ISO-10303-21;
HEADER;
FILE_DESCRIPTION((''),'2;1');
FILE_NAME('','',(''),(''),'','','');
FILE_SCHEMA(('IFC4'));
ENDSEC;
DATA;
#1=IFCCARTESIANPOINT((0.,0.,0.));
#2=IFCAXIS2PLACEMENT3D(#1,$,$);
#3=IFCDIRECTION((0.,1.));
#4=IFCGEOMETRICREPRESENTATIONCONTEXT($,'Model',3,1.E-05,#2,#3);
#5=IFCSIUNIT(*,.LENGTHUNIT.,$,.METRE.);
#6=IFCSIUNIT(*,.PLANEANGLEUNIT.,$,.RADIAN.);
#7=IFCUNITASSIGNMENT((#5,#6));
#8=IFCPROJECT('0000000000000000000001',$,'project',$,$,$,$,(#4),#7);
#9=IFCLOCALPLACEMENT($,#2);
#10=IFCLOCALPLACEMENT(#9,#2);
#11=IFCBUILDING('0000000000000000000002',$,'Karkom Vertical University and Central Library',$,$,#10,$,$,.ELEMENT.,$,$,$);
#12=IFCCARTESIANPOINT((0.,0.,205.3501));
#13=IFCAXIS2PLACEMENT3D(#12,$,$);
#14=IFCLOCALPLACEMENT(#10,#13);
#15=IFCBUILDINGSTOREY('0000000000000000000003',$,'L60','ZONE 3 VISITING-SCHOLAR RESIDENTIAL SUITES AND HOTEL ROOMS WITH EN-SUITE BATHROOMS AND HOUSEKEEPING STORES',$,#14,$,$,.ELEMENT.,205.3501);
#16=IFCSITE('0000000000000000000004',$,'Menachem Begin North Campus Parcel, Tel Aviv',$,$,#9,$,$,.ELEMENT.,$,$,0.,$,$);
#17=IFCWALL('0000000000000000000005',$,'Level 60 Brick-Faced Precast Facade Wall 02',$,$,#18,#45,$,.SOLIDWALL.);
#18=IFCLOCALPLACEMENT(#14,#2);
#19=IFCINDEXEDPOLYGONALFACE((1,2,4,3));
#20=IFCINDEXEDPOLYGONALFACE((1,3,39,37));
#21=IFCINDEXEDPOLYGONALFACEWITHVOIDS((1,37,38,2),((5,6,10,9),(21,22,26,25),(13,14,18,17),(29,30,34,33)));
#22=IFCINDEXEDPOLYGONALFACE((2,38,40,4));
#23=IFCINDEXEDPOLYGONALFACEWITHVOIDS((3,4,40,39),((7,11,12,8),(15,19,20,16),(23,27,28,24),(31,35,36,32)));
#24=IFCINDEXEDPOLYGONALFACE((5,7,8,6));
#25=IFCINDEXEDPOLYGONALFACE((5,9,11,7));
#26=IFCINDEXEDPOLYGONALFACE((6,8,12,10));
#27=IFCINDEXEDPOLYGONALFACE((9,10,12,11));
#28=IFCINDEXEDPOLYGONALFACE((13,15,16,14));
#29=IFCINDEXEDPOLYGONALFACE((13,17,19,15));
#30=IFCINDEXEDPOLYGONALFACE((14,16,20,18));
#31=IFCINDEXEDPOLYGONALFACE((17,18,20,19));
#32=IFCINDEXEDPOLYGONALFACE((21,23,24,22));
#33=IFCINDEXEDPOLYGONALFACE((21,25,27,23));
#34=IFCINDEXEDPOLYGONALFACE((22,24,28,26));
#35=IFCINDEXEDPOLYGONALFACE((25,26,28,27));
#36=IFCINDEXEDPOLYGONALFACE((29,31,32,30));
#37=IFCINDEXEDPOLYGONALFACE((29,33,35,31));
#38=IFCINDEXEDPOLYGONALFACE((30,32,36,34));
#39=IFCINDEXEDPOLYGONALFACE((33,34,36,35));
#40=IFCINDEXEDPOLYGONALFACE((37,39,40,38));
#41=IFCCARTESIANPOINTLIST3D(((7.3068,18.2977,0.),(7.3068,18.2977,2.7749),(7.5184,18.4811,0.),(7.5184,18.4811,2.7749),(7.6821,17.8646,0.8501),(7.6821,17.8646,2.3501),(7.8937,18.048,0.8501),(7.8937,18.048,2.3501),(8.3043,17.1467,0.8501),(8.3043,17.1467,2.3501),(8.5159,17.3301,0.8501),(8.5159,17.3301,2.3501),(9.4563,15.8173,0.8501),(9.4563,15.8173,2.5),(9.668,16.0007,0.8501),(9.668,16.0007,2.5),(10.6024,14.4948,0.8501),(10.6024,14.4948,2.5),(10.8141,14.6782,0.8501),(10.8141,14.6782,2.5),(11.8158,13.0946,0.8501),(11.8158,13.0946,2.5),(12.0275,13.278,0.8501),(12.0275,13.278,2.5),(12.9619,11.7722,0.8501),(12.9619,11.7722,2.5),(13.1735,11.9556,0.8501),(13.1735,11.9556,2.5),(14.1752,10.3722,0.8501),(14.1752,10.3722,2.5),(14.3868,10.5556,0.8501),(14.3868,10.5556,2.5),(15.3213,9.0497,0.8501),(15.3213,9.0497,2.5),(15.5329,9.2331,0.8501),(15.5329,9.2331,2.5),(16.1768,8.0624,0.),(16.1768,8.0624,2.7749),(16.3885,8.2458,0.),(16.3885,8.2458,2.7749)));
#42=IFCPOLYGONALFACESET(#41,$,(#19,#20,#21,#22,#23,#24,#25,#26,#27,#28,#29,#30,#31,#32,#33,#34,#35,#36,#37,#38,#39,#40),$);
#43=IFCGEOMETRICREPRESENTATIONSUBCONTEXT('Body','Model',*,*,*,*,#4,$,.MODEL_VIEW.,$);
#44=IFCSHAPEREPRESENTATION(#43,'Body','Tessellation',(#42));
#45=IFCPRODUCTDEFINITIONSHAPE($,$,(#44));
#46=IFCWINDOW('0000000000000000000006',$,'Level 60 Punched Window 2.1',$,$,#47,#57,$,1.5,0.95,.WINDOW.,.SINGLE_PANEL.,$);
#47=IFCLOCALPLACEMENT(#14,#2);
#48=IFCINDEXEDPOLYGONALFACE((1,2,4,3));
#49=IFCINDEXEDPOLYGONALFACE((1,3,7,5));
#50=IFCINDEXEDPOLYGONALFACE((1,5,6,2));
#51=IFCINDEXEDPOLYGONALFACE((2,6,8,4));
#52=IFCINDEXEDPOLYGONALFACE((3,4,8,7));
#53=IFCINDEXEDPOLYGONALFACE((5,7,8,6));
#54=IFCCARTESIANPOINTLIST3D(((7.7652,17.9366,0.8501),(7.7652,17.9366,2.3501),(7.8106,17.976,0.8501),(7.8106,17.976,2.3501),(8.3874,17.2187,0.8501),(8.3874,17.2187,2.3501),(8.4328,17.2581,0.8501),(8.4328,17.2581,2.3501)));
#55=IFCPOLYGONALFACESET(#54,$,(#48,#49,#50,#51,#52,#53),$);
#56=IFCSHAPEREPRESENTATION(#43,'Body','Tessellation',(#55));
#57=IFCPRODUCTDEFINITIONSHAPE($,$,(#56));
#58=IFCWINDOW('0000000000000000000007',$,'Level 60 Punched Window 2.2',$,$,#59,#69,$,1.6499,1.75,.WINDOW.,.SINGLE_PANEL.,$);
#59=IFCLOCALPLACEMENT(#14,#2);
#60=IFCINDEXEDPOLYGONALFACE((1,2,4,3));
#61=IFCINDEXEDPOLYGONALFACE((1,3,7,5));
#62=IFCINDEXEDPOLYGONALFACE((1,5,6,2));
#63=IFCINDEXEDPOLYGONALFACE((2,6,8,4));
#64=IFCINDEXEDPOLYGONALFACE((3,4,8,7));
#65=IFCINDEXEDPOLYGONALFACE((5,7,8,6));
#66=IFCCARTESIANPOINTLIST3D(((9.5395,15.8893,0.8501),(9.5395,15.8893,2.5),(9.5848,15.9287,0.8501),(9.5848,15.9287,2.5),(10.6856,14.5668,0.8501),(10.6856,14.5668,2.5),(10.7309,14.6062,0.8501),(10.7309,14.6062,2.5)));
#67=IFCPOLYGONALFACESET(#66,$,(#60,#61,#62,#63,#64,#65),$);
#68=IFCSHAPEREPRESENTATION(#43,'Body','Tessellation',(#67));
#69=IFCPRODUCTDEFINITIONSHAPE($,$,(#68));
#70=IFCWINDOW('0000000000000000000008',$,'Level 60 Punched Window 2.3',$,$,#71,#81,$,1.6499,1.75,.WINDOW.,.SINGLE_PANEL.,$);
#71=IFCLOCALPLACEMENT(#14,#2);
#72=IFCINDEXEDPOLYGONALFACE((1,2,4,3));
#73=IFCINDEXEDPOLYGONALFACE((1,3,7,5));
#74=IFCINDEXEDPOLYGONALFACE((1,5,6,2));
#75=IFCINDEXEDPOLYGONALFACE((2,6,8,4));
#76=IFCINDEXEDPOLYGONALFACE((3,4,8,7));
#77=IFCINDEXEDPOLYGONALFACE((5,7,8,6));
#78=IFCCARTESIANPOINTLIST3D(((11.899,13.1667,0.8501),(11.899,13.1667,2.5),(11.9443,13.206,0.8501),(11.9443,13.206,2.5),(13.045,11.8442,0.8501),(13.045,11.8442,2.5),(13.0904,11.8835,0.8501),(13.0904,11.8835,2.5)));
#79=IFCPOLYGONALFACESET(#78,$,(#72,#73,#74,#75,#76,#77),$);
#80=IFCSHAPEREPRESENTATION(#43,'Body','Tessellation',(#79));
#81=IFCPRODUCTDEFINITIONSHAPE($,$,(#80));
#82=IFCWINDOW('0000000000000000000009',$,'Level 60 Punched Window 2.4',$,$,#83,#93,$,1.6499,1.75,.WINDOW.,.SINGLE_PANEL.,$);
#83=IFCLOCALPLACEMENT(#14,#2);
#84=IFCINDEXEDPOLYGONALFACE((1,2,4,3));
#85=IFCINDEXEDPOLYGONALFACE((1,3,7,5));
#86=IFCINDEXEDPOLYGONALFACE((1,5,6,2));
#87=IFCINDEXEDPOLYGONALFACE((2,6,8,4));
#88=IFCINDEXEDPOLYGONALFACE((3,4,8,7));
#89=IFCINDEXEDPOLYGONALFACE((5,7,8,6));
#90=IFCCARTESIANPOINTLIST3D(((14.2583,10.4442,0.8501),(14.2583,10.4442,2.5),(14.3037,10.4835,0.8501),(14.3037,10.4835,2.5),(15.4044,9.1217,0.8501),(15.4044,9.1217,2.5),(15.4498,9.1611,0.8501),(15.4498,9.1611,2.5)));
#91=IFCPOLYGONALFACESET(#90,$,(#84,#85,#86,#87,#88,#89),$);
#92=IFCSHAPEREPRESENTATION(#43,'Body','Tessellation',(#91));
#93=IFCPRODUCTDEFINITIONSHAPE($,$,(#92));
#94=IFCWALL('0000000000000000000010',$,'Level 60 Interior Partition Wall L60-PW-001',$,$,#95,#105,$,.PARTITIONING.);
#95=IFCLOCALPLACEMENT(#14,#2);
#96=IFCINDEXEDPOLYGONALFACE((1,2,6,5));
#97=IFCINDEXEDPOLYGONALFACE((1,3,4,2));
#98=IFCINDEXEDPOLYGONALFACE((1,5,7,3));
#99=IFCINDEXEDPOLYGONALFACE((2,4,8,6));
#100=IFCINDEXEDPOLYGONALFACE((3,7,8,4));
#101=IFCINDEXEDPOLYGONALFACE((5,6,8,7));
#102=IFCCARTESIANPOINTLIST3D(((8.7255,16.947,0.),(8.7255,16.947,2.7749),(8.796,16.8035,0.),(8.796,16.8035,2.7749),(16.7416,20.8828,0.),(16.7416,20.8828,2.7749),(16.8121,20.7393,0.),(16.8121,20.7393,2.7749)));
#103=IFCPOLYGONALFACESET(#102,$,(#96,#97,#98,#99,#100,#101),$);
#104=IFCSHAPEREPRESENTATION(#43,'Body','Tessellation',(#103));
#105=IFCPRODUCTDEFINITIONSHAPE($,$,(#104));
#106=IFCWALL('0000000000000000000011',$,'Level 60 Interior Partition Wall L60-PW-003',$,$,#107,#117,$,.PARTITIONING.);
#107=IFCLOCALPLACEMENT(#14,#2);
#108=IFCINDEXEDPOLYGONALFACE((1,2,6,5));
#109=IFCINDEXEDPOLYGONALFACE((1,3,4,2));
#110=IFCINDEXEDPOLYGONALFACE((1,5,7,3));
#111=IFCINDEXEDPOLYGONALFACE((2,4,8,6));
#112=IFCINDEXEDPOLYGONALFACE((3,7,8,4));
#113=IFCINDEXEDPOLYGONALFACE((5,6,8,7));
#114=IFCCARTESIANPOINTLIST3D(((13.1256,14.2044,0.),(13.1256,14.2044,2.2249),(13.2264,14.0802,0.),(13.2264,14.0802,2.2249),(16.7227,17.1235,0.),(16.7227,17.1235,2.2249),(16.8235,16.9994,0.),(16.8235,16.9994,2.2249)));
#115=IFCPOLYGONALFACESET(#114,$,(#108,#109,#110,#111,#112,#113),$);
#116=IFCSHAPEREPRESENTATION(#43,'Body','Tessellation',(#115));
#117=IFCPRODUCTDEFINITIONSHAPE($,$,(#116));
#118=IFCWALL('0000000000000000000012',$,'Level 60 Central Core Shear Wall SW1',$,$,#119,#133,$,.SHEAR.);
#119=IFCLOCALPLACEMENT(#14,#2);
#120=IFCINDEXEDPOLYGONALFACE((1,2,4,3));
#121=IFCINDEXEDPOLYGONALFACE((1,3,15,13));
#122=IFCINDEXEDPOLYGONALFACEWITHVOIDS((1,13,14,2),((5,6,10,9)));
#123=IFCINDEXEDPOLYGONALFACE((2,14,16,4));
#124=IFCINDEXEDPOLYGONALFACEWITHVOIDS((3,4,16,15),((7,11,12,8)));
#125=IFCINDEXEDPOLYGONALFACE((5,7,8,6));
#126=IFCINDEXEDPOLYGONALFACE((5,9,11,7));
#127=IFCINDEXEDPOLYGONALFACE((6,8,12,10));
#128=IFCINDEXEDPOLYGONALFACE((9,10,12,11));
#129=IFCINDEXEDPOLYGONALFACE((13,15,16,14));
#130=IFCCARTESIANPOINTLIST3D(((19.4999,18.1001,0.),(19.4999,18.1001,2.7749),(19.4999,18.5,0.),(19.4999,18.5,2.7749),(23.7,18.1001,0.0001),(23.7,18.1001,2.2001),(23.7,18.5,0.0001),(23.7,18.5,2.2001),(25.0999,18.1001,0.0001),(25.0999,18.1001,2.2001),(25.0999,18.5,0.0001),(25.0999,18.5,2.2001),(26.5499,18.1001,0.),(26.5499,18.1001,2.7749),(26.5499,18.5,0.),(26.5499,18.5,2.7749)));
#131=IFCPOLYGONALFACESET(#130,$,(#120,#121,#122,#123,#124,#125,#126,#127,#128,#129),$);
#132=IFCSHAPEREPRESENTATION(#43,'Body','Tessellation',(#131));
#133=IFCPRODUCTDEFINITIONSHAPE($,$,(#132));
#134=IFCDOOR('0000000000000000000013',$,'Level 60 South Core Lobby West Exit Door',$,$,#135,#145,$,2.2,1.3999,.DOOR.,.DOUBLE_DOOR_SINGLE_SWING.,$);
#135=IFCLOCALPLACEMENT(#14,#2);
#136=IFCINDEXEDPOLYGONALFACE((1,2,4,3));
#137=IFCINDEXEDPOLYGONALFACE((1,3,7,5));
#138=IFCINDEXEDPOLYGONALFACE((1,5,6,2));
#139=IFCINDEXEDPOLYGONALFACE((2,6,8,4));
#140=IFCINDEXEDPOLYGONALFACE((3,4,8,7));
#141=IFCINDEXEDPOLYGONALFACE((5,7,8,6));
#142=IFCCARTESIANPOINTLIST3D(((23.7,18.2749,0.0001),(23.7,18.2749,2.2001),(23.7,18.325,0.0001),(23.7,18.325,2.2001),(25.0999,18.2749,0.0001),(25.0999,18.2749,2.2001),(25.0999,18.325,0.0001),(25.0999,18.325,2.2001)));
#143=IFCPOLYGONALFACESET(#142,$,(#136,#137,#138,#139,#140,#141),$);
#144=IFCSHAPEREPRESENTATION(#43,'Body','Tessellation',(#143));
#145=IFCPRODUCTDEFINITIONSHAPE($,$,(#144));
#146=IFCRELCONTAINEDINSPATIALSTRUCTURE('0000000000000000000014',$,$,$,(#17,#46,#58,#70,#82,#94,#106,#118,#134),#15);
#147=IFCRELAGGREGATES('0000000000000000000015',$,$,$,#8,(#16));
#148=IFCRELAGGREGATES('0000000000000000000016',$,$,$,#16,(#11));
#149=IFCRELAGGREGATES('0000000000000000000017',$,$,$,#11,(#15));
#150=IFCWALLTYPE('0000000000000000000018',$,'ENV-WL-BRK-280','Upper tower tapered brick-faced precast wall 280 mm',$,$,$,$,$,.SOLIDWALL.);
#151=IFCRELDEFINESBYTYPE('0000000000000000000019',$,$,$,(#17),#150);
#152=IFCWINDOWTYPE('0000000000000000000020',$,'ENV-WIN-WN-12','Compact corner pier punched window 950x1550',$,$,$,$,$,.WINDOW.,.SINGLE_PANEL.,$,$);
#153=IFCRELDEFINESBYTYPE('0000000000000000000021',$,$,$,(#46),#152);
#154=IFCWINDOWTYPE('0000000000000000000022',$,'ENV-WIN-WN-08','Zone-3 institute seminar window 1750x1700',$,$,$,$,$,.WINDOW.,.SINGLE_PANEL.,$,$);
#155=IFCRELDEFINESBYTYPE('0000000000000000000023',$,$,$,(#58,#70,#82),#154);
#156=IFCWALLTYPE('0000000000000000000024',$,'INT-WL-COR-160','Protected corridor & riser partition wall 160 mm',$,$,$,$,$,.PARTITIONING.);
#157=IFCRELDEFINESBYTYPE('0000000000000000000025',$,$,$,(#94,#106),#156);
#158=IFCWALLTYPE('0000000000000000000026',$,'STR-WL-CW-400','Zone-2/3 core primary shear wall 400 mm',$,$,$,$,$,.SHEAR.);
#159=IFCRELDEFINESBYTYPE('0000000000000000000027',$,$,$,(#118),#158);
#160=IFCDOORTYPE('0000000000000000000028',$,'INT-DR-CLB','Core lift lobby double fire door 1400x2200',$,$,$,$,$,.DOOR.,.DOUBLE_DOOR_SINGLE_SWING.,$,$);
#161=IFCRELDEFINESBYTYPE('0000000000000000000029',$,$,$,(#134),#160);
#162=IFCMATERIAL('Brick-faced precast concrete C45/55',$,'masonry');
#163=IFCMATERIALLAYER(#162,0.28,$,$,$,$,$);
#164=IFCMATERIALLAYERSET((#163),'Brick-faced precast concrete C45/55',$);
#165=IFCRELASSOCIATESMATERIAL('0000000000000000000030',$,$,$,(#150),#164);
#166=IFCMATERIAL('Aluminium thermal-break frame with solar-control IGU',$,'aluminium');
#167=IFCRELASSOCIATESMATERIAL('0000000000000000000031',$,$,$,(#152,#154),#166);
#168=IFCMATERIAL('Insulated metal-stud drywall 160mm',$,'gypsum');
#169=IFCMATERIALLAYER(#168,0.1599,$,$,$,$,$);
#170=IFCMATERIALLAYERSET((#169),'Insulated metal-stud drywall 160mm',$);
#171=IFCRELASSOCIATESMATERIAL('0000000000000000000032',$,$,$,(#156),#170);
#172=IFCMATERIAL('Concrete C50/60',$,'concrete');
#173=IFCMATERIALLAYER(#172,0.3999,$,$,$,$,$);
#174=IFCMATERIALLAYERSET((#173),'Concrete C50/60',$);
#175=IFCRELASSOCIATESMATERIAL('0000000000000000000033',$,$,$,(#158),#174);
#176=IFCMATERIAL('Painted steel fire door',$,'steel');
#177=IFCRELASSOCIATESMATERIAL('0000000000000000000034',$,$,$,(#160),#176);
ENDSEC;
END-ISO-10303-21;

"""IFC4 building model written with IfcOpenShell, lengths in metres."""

from ifc_helpers import new_model, si_unit, direction, frame, frame_2d, origin, origin_with_axes, place, context, subcontext, project, spatial, rectangle, extrude, source, transform, mapped, material, layer, layer_set, type_object, element, fill, save


model = new_model("IFC4")

# Units and contexts
model_context = context("Model", 3, precision=1e-05, world=origin(), true_north=direction((0.0, 1.0)))
body_context = subcontext(model_context, "Body", "Model", "MODEL_VIEW")
ifc_project = project(units=[si_unit("LENGTHUNIT", "METRE"), si_unit("PLANEANGLEUNIT", "RADIAN")], contexts=[model_context])

# Site, building, storey
site_placement = place(None, origin())
site = spatial("IfcSite", under=ifc_project, at=site_placement, Name="Menachem Begin North Campus Parcel, Tel Aviv", CompositionType="ELEMENT", RefElevation=0.0)
building_placement = place(site_placement, origin())
building = spatial("IfcBuilding", under=site, at=building_placement, Name="Karkom Vertical University and Central Library", CompositionType="ELEMENT")
storey_placement = place(building_placement, frame((0.0, 0.0, 205.3501)))
storey = spatial("IfcBuildingStorey", under=building, at=storey_placement, Name="L60", Description="ZONE 3 VISITING-SCHOLAR RESIDENTIAL SUITES AND HOTEL ROOMS WITH EN-SUITE BATHROOMS AND HOUSEKEEPING STORES", CompositionType="ELEMENT", Elevation=205.3501)

# Shared definitions
ifc_material_1 = material(Name="Concrete C50/60", Category="concrete")

# Wall, openings, windows
ifc_material_2 = material(Name="Brick-faced precast concrete C45/55", Category="masonry")
ifc_layer_1 = layer(ifc_material_2, 0.28)
ifc_layer_set_1 = layer_set([ifc_layer_1], Name="Brick-faced precast concrete C45/55")
wall_type_1 = type_object("IfcWallType", Name="ENV-WL-BRK-280", Description="Upper tower tapered brick-faced precast wall 280 mm", PredefinedType="SOLIDWALL", material=ifc_layer_set_1)
wall_1_placement = place(storey_placement, frame((7.4126, 18.3894, 0.0), z_axis=(0.0, 0.0, 1.0), x_axis=(0.654909, -0.755708, 0.0)))
wall_1 = element("IfcWall", 1, at=wall_1_placement, inside=storey, type_object=wall_type_1, Name="Level 60 Brick-Faced Precast Facade Wall 02", PredefinedType="SOLIDWALL", context=body_context, shape_type="SweptSolid", body=[
    extrude(rectangle(XDim=13.5439, YDim=0.28, at=frame_2d((6.772, 0.0))), origin(), (0.0, 0.0, 1.0), 2.7749),
])
opening_1_placement = place(wall_1_placement, frame((0.573, 0.0, 0.8501)))
opening_1 = element("IfcOpeningElement", 2, at=opening_1_placement, cuts=wall_1, PredefinedType="OPENING", context=body_context, shape_type="SweptSolid", body=[
    extrude(rectangle(XDim=0.95, YDim=1.5, at=frame_2d((0.4751, 0.75))), frame((0.0, 0.1499, 0.0), z_axis=(0.0, -1.0, 0.0), x_axis=(1.0, 0.0, 0.0)), (0.0, 0.0, 1.0), 0.3),
])
opening_2_placement = place(wall_1_placement, frame((3.2822, 0.0, 0.8501)))
opening_2 = element("IfcOpeningElement", 3, at=opening_2_placement, cuts=wall_1, PredefinedType="OPENING", context=body_context, shape_type="SweptSolid", body=[
    extrude(rectangle(XDim=1.75, YDim=1.6499, at=frame_2d((0.875, 0.825))), frame((0.0, 0.1499, 0.0), z_axis=(0.0, -1.0, 0.0), x_axis=(1.0, 0.0, 0.0)), (0.0, 0.0, 1.0), 0.3),
])
opening_3_placement = place(wall_1_placement, frame((6.885, 0.0, 0.8501)))
opening_3 = element("IfcOpeningElement", 4, at=opening_3_placement, cuts=wall_1, PredefinedType="OPENING", context=body_context, shape_type="SweptSolid", body=[
    extrude(rectangle(XDim=1.75, YDim=1.6499, at=frame_2d((0.875, 0.825))), frame((0.0, 0.1499, 0.0), z_axis=(0.0, -1.0, 0.0), x_axis=(1.0, 0.0, 0.0)), (0.0, 0.0, 1.0), 0.3),
])
opening_4_placement = place(wall_1_placement, frame((10.4875, 0.0, 0.8501)))
opening_4 = element("IfcOpeningElement", 5, at=opening_4_placement, cuts=wall_1, PredefinedType="OPENING", context=body_context, shape_type="SweptSolid", body=[
    extrude(rectangle(XDim=1.75, YDim=1.6499, at=frame_2d((0.875, 0.825))), frame((0.0, 0.1499, 0.0), z_axis=(0.0, -1.0, 0.0), x_axis=(1.0, 0.0, 0.0)), (0.0, 0.0, 1.0), 0.3),
])
ifc_material_3 = material(Name="Aluminium thermal-break frame with solar-control IGU", Category="aluminium")
window_type_1 = type_object("IfcWindowType", Name="ENV-WIN-WN-12", Description="Compact corner pier punched window 950x1550", PartitioningType="SINGLE_PANEL", PredefinedType="WINDOW", material=ifc_material_3)
shared_shape_1 = source(origin_with_axes(), body_context, "Body", "SweptSolid", [
    extrude(rectangle(XDim=0.95, YDim=1.5, at=frame_2d((0.4751, 0.75))), frame((0.0, 0.03, 0.0), z_axis=(0.0, -1.0, 0.0), x_axis=(1.0, 0.0, 0.0)), (0.0, 0.0, 1.0), 0.0601),
])
window_1_placement = place(opening_1_placement, origin())
window_1 = element("IfcWindow", 6, at=window_1_placement, inside=storey, type_object=window_type_1, Name="Level 60 Punched Window 2.1", OverallHeight=1.5, OverallWidth=0.95, PartitioningType="SINGLE_PANEL", PredefinedType="WINDOW", context=body_context, shape_type="MappedRepresentation", body=[
    mapped(shared_shape_1, transform((0.0, 0.0, 0.0), scale=1.0)),
])
fill(opening_1, window_1)
window_type_2 = type_object("IfcWindowType", Name="ENV-WIN-WN-08", Description="Zone-3 institute seminar window 1750x1700", PartitioningType="SINGLE_PANEL", PredefinedType="WINDOW", material=ifc_material_3)
shared_shape_2 = source(origin_with_axes(), body_context, "Body", "SweptSolid", [
    extrude(rectangle(XDim=1.75, YDim=1.6499, at=frame_2d((0.875, 0.825))), frame((0.0, 0.03, 0.0), z_axis=(0.0, -1.0, 0.0), x_axis=(1.0, 0.0, 0.0)), (0.0, 0.0, 1.0), 0.0601),
])
window_2_placement = place(opening_2_placement, origin())
window_2 = element("IfcWindow", 7, at=window_2_placement, inside=storey, type_object=window_type_2, Name="Level 60 Punched Window 2.2", OverallHeight=1.6499, OverallWidth=1.75, PartitioningType="SINGLE_PANEL", PredefinedType="WINDOW", context=body_context, shape_type="MappedRepresentation", body=[
    mapped(shared_shape_2, transform((0.0, 0.0, 0.0), scale=1.0)),
])
fill(opening_2, window_2)
window_3_placement = place(opening_3_placement, origin())
window_3 = element("IfcWindow", 8, at=window_3_placement, inside=storey, type_object=window_type_2, Name="Level 60 Punched Window 2.3", OverallHeight=1.6499, OverallWidth=1.75, PartitioningType="SINGLE_PANEL", PredefinedType="WINDOW", context=body_context, shape_type="MappedRepresentation", body=[
    mapped(shared_shape_2, transform((0.0, 0.0, 0.0), scale=1.0)),
])
fill(opening_3, window_3)
window_4_placement = place(opening_4_placement, origin())
window_4 = element("IfcWindow", 9, at=window_4_placement, inside=storey, type_object=window_type_2, Name="Level 60 Punched Window 2.4", OverallHeight=1.6499, OverallWidth=1.75, PartitioningType="SINGLE_PANEL", PredefinedType="WINDOW", context=body_context, shape_type="MappedRepresentation", body=[
    mapped(shared_shape_2, transform((0.0, 0.0, 0.0), scale=1.0)),
])
fill(opening_4, window_4)

# Walls
ifc_material_4 = material(Name="Insulated metal-stud drywall 160mm", Category="gypsum")
ifc_layer_2 = layer(ifc_material_4, 0.1599)
ifc_layer_set_2 = layer_set([ifc_layer_2], Name="Insulated metal-stud drywall 160mm")
wall_type_2 = type_object("IfcWallType", Name="INT-WL-COR-160", Description="Protected corridor & riser partition wall 160 mm", PredefinedType="PARTITIONING", material=ifc_layer_set_2)
wall_2_placement = place(storey_placement, frame((16.7769, 20.811, 0.0), z_axis=(0.0, 0.0, 1.0), x_axis=(-0.897641, -0.440728, 0.0)))
element("IfcWall", 10, at=wall_2_placement, inside=storey, type_object=wall_type_2, Name="Level 60 Interior Partition Wall L60-PW-001", PredefinedType="PARTITIONING", context=body_context, shape_type="SweptSolid", body=[
    extrude(rectangle(XDim=8.9302, YDim=0.1599, at=frame_2d((4.4651, 0.0))), origin(), (0.0, 0.0, 1.0), 2.7749),
])
wall_3_placement = place(storey_placement, frame((16.7732, 17.0615, 0.0), z_axis=(0.0, 0.0, 1.0), x_axis=(-0.776485, -0.630136, 0.0)))
element("IfcWall", 11, at=wall_3_placement, inside=storey, type_object=wall_type_2, Name="Level 60 Interior Partition Wall L60-PW-003", PredefinedType="PARTITIONING", context=body_context, shape_type="SweptSolid", body=[
    extrude(rectangle(XDim=4.6326, YDim=0.1599, at=frame_2d((2.3164, 0.0))), origin(), (0.0, 0.0, 1.0), 2.2249),
])

# Wall, opening, door
ifc_layer_3 = layer(ifc_material_1, 0.3999)
ifc_layer_set_3 = layer_set([ifc_layer_3], Name="Concrete C50/60")
wall_type_3 = type_object("IfcWallType", Name="STR-WL-CW-400", Description="Zone-2/3 core primary shear wall 400 mm", PredefinedType="SHEAR", material=ifc_layer_set_3)
wall_4_placement = place(storey_placement, frame((19.5, 18.3, 0.0), z_axis=(0.0, 0.0, 1.0), x_axis=(1.0, 0.0, 0.0)))
wall_4 = element("IfcWall", 12, at=wall_4_placement, inside=storey, type_object=wall_type_3, Name="Level 60 Central Core Shear Wall SW1", PredefinedType="SHEAR", context=body_context, shape_type="SweptSolid", body=[
    extrude(rectangle(XDim=7.05, YDim=0.3999, at=frame_2d((3.5249, 0.0))), origin(), (0.0, 0.0, 1.0), 2.7749),
])
opening_5_placement = place(wall_4_placement, frame((4.2, 0.0, 0.0)))
opening_5 = element("IfcOpeningElement", 13, at=opening_5_placement, cuts=wall_4, PredefinedType="OPENING", context=body_context, shape_type="SweptSolid", body=[
    extrude(rectangle(XDim=1.3999, YDim=2.2, at=frame_2d((0.7, 1.1001))), frame((0.0, 0.21, 0.0), z_axis=(0.0, -1.0, 0.0), x_axis=(1.0, 0.0, 0.0)), (0.0, 0.0, 1.0), 0.4199),
])
ifc_material_5 = material(Name="Painted steel fire door", Category="steel")
door_type = type_object("IfcDoorType", Name="INT-DR-CLB", Description="Core lift lobby double fire door 1400x2200", OperationType="DOUBLE_DOOR_SINGLE_SWING", PredefinedType="DOOR", material=ifc_material_5)
shared_shape_3 = source(origin_with_axes(), body_context, "Body", "SweptSolid", [
    extrude(rectangle(XDim=1.3999, YDim=2.2, at=frame_2d((0.7, 1.1001))), frame((0.0, 0.0249, 0.0), z_axis=(0.0, -1.0, 0.0), x_axis=(1.0, 0.0, 0.0)), (0.0, 0.0, 1.0), 0.05),
])
door_placement = place(opening_5_placement, origin())
door = element("IfcDoor", 14, at=door_placement, inside=storey, type_object=door_type, Name="Level 60 South Core Lobby West Exit Door", OperationType="DOUBLE_DOOR_SINGLE_SWING", OverallHeight=2.2, OverallWidth=1.3999, PredefinedType="DOOR", context=body_context, shape_type="MappedRepresentation", body=[
    mapped(shared_shape_3, transform((0.0, 0.0, 0.0), scale=1.0)),
])
fill(opening_5, door)

save(model, "model.ifc")
